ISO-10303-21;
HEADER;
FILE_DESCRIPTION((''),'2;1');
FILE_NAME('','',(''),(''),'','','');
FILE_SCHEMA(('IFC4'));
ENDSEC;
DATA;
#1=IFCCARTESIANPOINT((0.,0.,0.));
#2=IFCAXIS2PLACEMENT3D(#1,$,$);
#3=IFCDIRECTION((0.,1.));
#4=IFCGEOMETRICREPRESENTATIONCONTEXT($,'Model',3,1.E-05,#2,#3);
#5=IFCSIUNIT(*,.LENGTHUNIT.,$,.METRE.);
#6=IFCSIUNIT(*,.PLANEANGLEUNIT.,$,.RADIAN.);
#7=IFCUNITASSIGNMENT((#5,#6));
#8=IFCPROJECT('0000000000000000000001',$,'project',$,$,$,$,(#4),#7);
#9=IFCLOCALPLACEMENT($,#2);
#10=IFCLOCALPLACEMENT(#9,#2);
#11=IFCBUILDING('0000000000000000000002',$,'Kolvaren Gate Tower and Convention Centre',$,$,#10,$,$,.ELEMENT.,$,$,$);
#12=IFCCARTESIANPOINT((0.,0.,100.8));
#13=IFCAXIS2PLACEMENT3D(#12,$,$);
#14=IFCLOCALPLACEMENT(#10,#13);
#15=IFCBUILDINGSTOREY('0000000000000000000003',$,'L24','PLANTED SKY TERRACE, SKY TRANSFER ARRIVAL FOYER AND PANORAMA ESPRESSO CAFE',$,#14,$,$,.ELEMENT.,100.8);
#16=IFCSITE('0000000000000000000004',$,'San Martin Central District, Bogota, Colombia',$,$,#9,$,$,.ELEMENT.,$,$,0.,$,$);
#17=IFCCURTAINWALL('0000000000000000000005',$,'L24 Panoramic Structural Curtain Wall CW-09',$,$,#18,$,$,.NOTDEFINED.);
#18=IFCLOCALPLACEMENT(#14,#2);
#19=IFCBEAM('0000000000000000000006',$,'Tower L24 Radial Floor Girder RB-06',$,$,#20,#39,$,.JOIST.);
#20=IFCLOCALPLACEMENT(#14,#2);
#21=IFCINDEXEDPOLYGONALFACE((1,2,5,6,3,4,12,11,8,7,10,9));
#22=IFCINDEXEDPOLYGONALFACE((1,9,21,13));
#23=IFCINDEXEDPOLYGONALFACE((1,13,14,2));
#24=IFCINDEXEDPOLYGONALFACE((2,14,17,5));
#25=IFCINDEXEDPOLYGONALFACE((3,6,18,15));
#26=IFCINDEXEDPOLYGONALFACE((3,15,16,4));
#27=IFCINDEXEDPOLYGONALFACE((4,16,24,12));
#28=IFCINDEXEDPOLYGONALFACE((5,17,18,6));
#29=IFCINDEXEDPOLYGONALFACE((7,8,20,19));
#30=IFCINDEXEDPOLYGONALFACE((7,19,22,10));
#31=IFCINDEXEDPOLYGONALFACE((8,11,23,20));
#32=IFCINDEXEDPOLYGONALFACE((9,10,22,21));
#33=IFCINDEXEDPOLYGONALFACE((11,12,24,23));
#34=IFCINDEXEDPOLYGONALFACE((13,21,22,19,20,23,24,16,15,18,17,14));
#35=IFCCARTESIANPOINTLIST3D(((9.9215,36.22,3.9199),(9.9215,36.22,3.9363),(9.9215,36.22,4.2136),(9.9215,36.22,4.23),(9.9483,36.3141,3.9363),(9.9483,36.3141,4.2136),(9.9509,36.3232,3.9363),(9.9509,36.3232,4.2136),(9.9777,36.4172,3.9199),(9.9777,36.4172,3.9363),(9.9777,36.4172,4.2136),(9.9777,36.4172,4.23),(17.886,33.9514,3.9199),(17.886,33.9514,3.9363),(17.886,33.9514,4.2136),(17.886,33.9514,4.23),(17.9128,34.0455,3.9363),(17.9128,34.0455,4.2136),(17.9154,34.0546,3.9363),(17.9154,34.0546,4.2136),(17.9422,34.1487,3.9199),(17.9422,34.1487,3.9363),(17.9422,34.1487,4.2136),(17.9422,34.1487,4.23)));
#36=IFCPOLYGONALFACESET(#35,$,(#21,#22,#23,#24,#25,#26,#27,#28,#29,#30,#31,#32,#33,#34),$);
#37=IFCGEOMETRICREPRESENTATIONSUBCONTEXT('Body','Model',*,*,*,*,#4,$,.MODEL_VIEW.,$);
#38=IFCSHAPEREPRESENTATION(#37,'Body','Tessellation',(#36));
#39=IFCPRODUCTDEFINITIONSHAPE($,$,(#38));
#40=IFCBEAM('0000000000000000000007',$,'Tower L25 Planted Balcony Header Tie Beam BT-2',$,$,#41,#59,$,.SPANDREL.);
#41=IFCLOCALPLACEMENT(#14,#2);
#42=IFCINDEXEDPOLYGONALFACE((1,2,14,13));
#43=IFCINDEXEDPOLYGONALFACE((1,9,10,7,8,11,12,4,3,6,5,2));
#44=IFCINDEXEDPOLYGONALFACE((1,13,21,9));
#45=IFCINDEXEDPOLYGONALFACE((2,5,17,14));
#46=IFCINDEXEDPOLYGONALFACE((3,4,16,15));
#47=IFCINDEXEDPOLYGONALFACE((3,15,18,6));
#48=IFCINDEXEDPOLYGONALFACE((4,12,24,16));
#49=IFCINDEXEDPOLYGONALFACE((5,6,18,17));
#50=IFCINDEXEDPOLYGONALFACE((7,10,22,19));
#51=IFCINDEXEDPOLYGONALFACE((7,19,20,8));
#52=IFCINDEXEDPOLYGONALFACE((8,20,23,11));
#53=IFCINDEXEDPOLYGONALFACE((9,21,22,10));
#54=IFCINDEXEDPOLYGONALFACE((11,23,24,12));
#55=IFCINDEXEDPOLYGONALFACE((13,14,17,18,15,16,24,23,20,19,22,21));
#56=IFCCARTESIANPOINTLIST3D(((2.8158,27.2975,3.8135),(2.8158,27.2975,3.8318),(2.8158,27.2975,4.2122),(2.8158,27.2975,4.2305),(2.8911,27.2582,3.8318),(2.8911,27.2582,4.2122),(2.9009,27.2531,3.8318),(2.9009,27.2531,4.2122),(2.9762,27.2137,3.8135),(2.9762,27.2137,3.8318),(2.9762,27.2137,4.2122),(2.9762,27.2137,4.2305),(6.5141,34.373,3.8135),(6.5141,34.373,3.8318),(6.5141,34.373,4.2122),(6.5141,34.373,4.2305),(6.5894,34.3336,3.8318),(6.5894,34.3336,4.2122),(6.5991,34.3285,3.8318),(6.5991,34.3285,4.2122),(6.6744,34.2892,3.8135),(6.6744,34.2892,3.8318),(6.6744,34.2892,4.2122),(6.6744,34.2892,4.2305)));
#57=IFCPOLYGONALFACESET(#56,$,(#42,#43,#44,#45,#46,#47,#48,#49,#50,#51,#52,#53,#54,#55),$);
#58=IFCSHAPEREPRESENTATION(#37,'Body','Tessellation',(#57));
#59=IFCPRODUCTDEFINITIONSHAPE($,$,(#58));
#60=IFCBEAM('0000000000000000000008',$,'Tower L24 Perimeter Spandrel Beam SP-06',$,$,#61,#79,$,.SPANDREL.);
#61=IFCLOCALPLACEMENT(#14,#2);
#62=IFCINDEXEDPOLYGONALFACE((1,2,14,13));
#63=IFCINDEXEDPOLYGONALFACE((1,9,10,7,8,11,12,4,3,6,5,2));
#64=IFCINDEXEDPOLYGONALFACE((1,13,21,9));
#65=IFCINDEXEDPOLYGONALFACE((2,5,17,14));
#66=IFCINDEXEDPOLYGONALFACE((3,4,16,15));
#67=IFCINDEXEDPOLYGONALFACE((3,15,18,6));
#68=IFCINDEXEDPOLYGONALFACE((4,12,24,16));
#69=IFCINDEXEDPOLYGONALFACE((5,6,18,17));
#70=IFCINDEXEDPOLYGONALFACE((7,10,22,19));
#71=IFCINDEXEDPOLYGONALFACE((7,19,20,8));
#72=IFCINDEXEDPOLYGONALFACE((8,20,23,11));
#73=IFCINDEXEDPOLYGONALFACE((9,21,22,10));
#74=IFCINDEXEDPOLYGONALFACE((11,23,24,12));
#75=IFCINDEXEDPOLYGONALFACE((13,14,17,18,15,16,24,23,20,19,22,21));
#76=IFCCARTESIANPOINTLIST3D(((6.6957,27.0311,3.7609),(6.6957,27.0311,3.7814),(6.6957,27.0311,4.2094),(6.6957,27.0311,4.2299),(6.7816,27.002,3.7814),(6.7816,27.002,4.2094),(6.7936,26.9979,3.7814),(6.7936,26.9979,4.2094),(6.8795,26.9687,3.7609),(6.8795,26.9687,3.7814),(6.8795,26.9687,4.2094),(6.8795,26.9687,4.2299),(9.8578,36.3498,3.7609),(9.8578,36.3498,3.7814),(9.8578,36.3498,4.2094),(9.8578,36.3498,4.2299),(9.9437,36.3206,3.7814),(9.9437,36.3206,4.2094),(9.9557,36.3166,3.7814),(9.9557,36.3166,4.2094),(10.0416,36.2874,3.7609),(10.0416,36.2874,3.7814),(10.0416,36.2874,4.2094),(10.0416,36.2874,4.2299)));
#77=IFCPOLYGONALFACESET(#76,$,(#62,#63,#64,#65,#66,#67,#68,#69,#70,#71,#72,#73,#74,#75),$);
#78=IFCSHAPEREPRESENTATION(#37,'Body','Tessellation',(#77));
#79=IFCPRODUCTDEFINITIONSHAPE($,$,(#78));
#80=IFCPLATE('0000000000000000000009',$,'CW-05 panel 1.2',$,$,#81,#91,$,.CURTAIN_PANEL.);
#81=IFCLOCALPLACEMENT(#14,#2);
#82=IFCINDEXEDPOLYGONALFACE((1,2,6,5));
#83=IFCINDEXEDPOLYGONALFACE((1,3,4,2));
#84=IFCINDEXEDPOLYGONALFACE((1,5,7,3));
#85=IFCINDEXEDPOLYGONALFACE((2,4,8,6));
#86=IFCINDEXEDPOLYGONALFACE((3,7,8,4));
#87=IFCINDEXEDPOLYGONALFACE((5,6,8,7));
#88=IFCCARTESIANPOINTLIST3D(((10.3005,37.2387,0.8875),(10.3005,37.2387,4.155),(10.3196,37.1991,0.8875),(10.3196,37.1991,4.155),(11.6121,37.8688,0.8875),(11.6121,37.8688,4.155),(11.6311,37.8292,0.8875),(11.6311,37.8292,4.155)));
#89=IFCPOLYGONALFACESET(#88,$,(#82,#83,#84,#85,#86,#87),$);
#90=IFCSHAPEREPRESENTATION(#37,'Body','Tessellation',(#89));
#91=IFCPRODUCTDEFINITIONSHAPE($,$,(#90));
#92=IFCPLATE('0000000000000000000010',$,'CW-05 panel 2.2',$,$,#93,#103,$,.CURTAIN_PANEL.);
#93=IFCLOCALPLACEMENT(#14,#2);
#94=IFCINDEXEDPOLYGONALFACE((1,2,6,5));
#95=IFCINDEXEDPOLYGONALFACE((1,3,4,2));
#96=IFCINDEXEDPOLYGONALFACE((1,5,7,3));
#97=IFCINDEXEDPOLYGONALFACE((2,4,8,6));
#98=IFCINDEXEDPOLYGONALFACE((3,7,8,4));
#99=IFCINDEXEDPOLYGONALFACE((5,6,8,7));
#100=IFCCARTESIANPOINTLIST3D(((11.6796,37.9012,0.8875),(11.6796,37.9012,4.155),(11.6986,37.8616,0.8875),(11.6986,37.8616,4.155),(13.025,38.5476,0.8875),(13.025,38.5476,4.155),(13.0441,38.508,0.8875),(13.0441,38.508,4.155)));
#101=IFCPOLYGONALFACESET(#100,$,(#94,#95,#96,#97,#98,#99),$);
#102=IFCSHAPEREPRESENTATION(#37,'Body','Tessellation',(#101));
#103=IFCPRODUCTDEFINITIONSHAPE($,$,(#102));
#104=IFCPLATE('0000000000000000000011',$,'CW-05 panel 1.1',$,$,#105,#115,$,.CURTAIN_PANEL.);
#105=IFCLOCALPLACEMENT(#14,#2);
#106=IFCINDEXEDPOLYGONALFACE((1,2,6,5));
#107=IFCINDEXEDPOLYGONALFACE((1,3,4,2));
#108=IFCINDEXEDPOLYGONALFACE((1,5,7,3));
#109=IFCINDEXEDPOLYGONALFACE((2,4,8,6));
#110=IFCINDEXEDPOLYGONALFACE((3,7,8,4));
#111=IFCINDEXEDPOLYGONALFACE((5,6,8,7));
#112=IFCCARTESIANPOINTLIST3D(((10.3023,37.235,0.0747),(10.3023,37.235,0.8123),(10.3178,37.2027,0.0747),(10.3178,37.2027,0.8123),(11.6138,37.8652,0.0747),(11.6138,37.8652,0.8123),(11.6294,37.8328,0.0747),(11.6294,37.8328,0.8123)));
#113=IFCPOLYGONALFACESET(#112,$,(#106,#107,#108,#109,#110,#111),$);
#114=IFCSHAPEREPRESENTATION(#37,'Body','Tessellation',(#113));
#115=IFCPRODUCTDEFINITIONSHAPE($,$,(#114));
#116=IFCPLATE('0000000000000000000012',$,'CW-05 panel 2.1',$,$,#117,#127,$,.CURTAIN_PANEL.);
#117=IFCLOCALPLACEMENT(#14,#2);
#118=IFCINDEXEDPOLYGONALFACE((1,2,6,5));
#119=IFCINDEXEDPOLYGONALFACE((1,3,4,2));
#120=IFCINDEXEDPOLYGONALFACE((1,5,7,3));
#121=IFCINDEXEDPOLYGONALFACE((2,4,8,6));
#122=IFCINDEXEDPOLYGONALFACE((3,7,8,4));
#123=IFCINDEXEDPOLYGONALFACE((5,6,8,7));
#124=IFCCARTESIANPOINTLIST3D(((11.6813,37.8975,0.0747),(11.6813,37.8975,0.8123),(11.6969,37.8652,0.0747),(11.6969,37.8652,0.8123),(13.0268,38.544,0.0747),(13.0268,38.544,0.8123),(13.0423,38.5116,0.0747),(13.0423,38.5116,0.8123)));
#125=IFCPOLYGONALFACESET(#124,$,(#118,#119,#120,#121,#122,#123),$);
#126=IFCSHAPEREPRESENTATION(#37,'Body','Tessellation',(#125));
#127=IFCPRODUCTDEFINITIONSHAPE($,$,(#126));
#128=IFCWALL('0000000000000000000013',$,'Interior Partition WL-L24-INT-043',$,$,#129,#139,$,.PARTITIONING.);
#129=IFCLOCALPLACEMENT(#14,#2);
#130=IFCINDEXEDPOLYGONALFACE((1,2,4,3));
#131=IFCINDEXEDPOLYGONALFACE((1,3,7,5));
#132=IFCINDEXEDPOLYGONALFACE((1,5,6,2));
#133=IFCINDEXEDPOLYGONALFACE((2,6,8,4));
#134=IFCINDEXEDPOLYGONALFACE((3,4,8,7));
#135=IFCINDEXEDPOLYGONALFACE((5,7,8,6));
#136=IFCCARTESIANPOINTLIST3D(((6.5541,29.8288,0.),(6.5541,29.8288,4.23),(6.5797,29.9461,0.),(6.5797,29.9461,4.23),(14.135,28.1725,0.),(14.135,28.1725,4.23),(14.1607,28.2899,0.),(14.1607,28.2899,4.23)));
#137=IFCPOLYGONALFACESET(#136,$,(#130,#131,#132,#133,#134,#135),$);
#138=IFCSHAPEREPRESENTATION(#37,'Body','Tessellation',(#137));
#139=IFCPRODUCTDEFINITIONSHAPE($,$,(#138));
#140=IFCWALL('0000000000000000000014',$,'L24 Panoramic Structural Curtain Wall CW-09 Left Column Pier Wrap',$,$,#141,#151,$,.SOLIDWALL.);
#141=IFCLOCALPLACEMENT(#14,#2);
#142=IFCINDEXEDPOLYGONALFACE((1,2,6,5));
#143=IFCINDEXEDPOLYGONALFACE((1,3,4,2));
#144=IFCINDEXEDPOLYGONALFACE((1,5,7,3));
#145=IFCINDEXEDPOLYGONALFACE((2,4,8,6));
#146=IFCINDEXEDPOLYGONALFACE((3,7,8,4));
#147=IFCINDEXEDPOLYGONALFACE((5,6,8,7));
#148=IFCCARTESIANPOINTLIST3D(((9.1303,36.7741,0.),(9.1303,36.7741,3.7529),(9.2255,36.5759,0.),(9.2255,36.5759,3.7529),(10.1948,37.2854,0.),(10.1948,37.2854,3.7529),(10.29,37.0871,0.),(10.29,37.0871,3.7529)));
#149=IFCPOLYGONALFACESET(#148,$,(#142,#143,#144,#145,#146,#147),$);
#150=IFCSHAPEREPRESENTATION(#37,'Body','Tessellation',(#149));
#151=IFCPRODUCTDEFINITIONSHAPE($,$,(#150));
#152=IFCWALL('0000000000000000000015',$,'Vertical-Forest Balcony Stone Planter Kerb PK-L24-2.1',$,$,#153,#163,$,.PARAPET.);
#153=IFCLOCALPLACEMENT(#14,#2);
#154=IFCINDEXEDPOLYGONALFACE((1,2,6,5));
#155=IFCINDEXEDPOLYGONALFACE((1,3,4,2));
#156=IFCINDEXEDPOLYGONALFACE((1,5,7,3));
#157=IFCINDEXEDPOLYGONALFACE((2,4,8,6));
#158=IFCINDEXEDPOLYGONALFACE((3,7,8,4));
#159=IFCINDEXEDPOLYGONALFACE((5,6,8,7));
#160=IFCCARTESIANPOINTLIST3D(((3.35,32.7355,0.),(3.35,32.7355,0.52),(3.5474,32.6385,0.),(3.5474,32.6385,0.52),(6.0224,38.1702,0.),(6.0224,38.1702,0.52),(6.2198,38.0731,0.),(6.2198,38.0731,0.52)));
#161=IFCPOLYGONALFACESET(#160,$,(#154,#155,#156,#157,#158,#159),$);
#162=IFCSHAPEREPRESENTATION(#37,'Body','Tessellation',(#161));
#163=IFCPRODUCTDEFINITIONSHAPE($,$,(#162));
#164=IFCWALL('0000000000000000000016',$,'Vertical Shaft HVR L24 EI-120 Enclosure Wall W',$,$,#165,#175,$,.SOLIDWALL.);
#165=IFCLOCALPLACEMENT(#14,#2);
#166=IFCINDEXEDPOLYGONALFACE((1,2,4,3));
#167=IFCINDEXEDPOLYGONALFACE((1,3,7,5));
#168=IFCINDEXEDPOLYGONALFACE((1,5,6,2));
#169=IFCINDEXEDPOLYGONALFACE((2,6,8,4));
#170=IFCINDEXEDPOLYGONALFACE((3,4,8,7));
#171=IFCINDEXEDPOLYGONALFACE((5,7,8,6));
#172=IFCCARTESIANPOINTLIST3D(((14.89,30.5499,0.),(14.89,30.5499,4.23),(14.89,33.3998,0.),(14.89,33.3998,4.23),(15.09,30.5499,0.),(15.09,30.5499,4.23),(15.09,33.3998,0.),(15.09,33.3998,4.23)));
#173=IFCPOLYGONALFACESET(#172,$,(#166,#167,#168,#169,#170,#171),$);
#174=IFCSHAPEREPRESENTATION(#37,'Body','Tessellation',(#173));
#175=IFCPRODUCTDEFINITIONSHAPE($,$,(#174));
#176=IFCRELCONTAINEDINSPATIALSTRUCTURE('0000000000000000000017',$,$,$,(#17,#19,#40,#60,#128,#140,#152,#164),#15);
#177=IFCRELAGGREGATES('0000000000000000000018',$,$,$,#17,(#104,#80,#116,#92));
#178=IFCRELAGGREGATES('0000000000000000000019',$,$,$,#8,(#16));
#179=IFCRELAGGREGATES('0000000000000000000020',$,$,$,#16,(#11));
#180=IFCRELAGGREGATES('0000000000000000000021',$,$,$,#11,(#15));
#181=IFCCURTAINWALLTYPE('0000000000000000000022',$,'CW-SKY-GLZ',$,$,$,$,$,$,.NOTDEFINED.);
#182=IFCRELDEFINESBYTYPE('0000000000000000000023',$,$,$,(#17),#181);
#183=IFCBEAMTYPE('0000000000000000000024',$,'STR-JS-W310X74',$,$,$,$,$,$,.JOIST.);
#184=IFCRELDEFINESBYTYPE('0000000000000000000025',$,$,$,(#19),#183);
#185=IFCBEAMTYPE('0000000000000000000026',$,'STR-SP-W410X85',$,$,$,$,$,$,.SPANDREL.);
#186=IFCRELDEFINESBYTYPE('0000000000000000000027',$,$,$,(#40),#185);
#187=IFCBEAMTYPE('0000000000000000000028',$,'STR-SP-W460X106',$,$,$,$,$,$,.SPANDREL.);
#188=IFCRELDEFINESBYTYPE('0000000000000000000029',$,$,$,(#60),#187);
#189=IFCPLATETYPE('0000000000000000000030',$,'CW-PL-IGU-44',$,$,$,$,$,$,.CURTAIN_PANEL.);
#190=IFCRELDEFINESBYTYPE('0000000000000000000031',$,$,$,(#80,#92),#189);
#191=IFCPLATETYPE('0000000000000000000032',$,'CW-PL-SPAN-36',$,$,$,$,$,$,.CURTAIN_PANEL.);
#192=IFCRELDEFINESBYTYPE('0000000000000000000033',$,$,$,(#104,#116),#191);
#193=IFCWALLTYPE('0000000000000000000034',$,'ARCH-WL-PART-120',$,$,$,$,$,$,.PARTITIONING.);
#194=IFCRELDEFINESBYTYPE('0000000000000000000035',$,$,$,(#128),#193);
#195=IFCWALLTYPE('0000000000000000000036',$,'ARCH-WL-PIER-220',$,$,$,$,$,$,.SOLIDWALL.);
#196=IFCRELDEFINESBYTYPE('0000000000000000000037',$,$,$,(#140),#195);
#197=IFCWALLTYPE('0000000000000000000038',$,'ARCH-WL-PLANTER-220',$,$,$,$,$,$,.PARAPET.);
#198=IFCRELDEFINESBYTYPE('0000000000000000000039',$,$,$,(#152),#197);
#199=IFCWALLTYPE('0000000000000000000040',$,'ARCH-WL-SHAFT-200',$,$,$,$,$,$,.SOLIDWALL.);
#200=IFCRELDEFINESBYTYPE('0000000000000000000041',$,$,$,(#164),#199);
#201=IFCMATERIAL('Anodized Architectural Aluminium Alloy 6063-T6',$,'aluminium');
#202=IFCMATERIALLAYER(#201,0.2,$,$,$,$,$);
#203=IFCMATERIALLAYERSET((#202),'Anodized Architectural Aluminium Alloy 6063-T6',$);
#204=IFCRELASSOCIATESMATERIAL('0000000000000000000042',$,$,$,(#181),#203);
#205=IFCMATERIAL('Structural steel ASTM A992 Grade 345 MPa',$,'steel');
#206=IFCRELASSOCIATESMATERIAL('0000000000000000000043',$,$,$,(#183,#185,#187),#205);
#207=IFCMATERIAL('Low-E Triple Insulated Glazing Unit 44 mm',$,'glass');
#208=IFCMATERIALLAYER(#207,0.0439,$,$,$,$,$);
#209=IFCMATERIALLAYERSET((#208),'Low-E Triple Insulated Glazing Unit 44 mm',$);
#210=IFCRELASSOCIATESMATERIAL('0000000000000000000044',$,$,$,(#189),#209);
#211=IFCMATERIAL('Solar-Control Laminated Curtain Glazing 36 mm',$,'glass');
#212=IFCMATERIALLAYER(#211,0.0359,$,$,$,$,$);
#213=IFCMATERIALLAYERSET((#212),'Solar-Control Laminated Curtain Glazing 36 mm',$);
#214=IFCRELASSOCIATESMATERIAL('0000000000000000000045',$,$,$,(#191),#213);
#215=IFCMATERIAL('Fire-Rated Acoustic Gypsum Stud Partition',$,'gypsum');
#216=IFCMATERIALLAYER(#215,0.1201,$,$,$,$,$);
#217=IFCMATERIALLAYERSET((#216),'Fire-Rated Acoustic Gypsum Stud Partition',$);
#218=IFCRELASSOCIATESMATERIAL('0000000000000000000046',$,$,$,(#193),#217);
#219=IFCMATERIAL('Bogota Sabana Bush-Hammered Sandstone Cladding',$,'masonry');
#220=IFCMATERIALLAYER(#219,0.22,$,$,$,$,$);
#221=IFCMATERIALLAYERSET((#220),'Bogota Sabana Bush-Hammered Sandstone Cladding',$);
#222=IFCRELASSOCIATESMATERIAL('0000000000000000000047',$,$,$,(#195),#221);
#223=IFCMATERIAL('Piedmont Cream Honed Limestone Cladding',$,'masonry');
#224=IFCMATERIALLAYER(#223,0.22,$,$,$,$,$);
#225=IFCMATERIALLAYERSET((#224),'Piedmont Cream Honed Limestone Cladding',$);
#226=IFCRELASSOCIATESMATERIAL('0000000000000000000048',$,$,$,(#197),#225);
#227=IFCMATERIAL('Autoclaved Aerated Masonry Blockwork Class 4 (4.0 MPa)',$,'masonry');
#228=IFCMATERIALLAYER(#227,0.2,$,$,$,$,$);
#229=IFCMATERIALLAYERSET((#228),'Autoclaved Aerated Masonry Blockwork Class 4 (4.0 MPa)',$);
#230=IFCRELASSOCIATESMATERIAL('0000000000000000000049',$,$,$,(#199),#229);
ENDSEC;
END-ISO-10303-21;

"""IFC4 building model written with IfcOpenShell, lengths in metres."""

from ifc_helpers import new_model, si_unit, direction, frame, frame_2d, origin, origin_2d, place, context, subcontext, project, spatial, rectangle, i_section, extrude, material, layer, layer_set, material_profile, profile_set, type_object, element, aggregate, save


model = new_model("IFC4")

# Units and contexts
model_context = context("Model", 3, precision=1e-05, world=origin(), true_north=direction((0.0, 1.0)))
body_context = subcontext(model_context, "Body", "Model", "MODEL_VIEW")
ifc_project = project(units=[si_unit("LENGTHUNIT", "METRE"), si_unit("PLANEANGLEUNIT", "RADIAN")], contexts=[model_context])

# Site, building, storey
site_placement = place(None, origin())
site = spatial("IfcSite", under=ifc_project, at=site_placement, Name="San Martin Central District, Bogota, Colombia", CompositionType="ELEMENT", RefElevation=0.0)
building_placement = place(site_placement, origin())
building = spatial("IfcBuilding", under=site, at=building_placement, Name="Kolvaren Gate Tower and Convention Centre", CompositionType="ELEMENT")
storey_placement = place(building_placement, frame((0.0, 0.0, 100.8)))
storey = spatial("IfcBuildingStorey", under=building, at=storey_placement, Name="L24", Description="PLANTED SKY TERRACE, SKY TRANSFER ARRIVAL FOYER AND PANORAMA ESPRESSO CAFE", CompositionType="ELEMENT", Elevation=100.8)

# Curtain wall
ifc_material_1 = material(Name="Anodized Architectural Aluminium Alloy 6063-T6", Category="aluminium")
ifc_layer_1 = layer(ifc_material_1, 0.2)
ifc_layer_set_1 = layer_set([ifc_layer_1], Name="Anodized Architectural Aluminium Alloy 6063-T6")
curtain_wall_type = type_object("IfcCurtainWallType", Name="CW-SKY-GLZ", PredefinedType="NOTDEFINED", material=ifc_layer_set_1)
curtain_wall_placement = place(storey_placement, origin())
curtain_wall = element("IfcCurtainWall", 1, at=curtain_wall_placement, inside=storey, type_object=curtain_wall_type, Name="L24 Panoramic Structural Curtain Wall CW-09", PredefinedType="NOTDEFINED")

# Beams
ifc_material_2 = material(Name="Structural steel ASTM A992 Grade 345 MPa", Category="steel")
ifc_material_profile_1 = material_profile(ifc_material_2, i_section(OverallWidth=0.2051, OverallDepth=0.3101, WebThickness=0.0095, FlangeThickness=0.0164, at=origin_2d()), Name="W310X74")
ifc_profile_set_1 = profile_set([ifc_material_profile_1], Name="Structural steel ASTM A992 Grade 345 MPa")
beam_type_1 = type_object("IfcBeamType", Name="STR-JS-W310X74", PredefinedType="JOIST", material=ifc_profile_set_1)
beam_1_placement = place(storey_placement, frame((17.9141, 34.05, 4.075), z_axis=(-0.961746, 0.273942, 0.0), x_axis=(-0.273942, -0.961746, 0.0)))
element("IfcBeam", 2, at=beam_1_placement, inside=storey, type_object=beam_type_1, Name="Tower L24 Radial Floor Girder RB-06", PredefinedType="JOIST", context=body_context, shape_type="SweptSolid", body=[
    extrude(i_section(OverallWidth=0.2051, OverallDepth=0.3101, WebThickness=0.0095, FlangeThickness=0.0164, at=origin_2d()), origin(), (0.0, 0.0, 1.0), 8.2812),
])
ifc_material_profile_2 = material_profile(ifc_material_2, i_section(OverallWidth=0.1809, OverallDepth=0.417, WebThickness=0.011, FlangeThickness=0.0183, at=origin_2d()), Name="W410X85")
ifc_profile_set_2 = profile_set([ifc_material_profile_2], Name="Structural steel ASTM A992 Grade 345 MPa")
beam_type_2 = type_object("IfcBeamType", Name="STR-SP-W410X85", PredefinedType="SPANDREL", material=ifc_profile_set_2)
beam_2_placement = place(storey_placement, frame((6.5942, 34.3311, 4.022), z_axis=(-0.463226, -0.88624, 0.0), x_axis=(0.88624, -0.463226, 0.0)))
element("IfcBeam", 3, at=beam_2_placement, inside=storey, type_object=beam_type_2, Name="Tower L25 Planted Balcony Header Tie Beam BT-2", PredefinedType="SPANDREL", context=body_context, shape_type="SweptSolid", body=[
    extrude(i_section(OverallWidth=0.1809, OverallDepth=0.417, WebThickness=0.011, FlangeThickness=0.0183, at=origin_2d()), origin(), (0.0, 0.0, 1.0), 7.9836),
])
ifc_material_profile_3 = material_profile(ifc_material_2, i_section(OverallWidth=0.1941, OverallDepth=0.469, WebThickness=0.0127, FlangeThickness=0.0205, at=origin_2d()), Name="W460X106")
ifc_profile_set_3 = profile_set([ifc_material_profile_3], Name="Structural steel ASTM A992 Grade 345 MPa")
beam_type_3 = type_object("IfcBeamType", Name="STR-SP-W460X106", PredefinedType="SPANDREL", material=ifc_profile_set_3)
beam_3_placement = place(storey_placement, frame((9.9497, 36.3186, 3.9954), z_axis=(-0.321336, -0.946965, 0.0), x_axis=(0.946965, -0.321336, 0.0)))
element("IfcBeam", 4, at=beam_3_placement, inside=storey, type_object=beam_type_3, Name="Tower L24 Perimeter Spandrel Beam SP-06", PredefinedType="SPANDREL", context=body_context, shape_type="SweptSolid", body=[
    extrude(i_section(OverallWidth=0.1941, OverallDepth=0.469, WebThickness=0.0127, FlangeThickness=0.0205, at=origin_2d()), origin(), (0.0, 0.0, 1.0), 9.8406),
])

# Plates
ifc_material_3 = material(Name="Low-E Triple Insulated Glazing Unit 44 mm", Category="glass")
ifc_layer_2 = layer(ifc_material_3, 0.0439)
ifc_layer_set_2 = layer_set([ifc_layer_2], Name="Low-E Triple Insulated Glazing Unit 44 mm")
plate_type_1 = type_object("IfcPlateType", Name="CW-PL-IGU-44", PredefinedType="CURTAIN_PANEL", material=ifc_layer_set_2)
plate_1_placement = place(storey_placement, frame((10.9658, 37.5339, 0.8875), z_axis=(0.0, 0.0, 1.0), x_axis=(0.901359, 0.433073, 0.0)))
plate_1 = element("IfcPlate", 5, at=plate_1_placement, type_object=plate_type_1, Name="CW-05 panel 1.2", PredefinedType="CURTAIN_PANEL", context=body_context, shape_type="SweptSolid", body=[
    extrude(rectangle(XDim=1.4551, YDim=0.0439, at=origin_2d()), origin(), (0.0, 0.0, 1.0), 3.2676),
])
plate_2_placement = place(storey_placement, frame((12.3618, 38.2046, 0.8875), z_axis=(0.0, 0.0, 1.0), x_axis=(0.901359, 0.433073, 0.0)))
plate_2 = element("IfcPlate", 6, at=plate_2_placement, type_object=plate_type_1, Name="CW-05 panel 2.2", PredefinedType="CURTAIN_PANEL", context=body_context, shape_type="SweptSolid", body=[
    extrude(rectangle(XDim=1.4927, YDim=0.0439, at=origin_2d()), origin(), (0.0, 0.0, 1.0), 3.2676),
])
ifc_material_4 = material(Name="Solar-Control Laminated Curtain Glazing 36 mm", Category="glass")
ifc_layer_3 = layer(ifc_material_4, 0.0359)
ifc_layer_set_3 = layer_set([ifc_layer_3], Name="Solar-Control Laminated Curtain Glazing 36 mm")
plate_type_2 = type_object("IfcPlateType", Name="CW-PL-SPAN-36", PredefinedType="CURTAIN_PANEL", material=ifc_layer_set_3)
plate_3_placement = place(storey_placement, frame((10.9658, 37.5339, 0.0747), z_axis=(0.0, 0.0, 1.0), x_axis=(0.901359, 0.433073, 0.0)))
plate_3 = element("IfcPlate", 7, at=plate_3_placement, type_object=plate_type_2, Name="CW-05 panel 1.1", PredefinedType="CURTAIN_PANEL", context=body_context, shape_type="SweptSolid", body=[
    extrude(rectangle(XDim=1.4551, YDim=0.0359, at=origin_2d()), origin(), (0.0, 0.0, 1.0), 0.7375),
])
plate_4_placement = place(storey_placement, frame((12.3618, 38.2046, 0.0747), z_axis=(0.0, 0.0, 1.0), x_axis=(0.901359, 0.433073, 0.0)))
plate_4 = element("IfcPlate", 8, at=plate_4_placement, type_object=plate_type_2, Name="CW-05 panel 2.1", PredefinedType="CURTAIN_PANEL", context=body_context, shape_type="SweptSolid", body=[
    extrude(rectangle(XDim=1.4927, YDim=0.0359, at=origin_2d()), origin(), (0.0, 0.0, 1.0), 0.7375),
])
aggregate(curtain_wall, [plate_3, plate_1, plate_4, plate_2])

# Walls
ifc_material_5 = material(Name="Fire-Rated Acoustic Gypsum Stud Partition", Category="gypsum")
ifc_layer_4 = layer(ifc_material_5, 0.1201)
ifc_layer_set_4 = layer_set([ifc_layer_4], Name="Fire-Rated Acoustic Gypsum Stud Partition")
wall_type_1 = type_object("IfcWallType", Name="ARCH-WL-PART-120", PredefinedType="PARTITIONING", material=ifc_layer_set_4)
wall_1_placement = place(storey_placement, frame((6.5669, 29.8875, 0.0), z_axis=(0.0, 0.0, 1.0), x_axis=(0.976957, -0.213438, 0.0)))
element("IfcWall", 9, at=wall_1_placement, inside=storey, type_object=wall_type_1, Name="Interior Partition WL-L24-INT-043", PredefinedType="PARTITIONING", context=body_context, shape_type="SweptSolid", body=[
    extrude(rectangle(XDim=7.7598, YDim=0.1201, at=frame_2d((3.8799, 0.0))), origin(), (0.0, 0.0, 1.0), 4.23),
])
ifc_material_6 = material(Name="Bogota Sabana Bush-Hammered Sandstone Cladding", Category="masonry")
ifc_layer_5 = layer(ifc_material_6, 0.22)
ifc_layer_set_5 = layer_set([ifc_layer_5], Name="Bogota Sabana Bush-Hammered Sandstone Cladding")
wall_type_2 = type_object("IfcWallType", Name="ARCH-WL-PIER-220", PredefinedType="SOLIDWALL", material=ifc_layer_set_5)
wall_2_placement = place(storey_placement, frame((9.178, 36.675, 0.0), z_axis=(0.0, 0.0, 1.0), x_axis=(0.901426, 0.432933, 0.0)))
element("IfcWall", 10, at=wall_2_placement, inside=storey, type_object=wall_type_2, Name="L24 Panoramic Structural Curtain Wall CW-09 Left Column Pier Wrap", PredefinedType="SOLIDWALL", context=body_context, shape_type="SweptSolid", body=[
    extrude(rectangle(XDim=1.1809, YDim=0.22, at=frame_2d((0.5903, 0.0))), origin(), (0.0, 0.0, 1.0), 3.7529),
])
ifc_material_7 = material(Name="Piedmont Cream Honed Limestone Cladding", Category="masonry")
ifc_layer_6 = layer(ifc_material_7, 0.22)
ifc_layer_set_6 = layer_set([ifc_layer_6], Name="Piedmont Cream Honed Limestone Cladding")
wall_type_3 = type_object("IfcWallType", Name="ARCH-WL-PLANTER-220", PredefinedType="PARAPET", material=ifc_layer_set_6)
wall_3_placement = place(storey_placement, frame((3.4487, 32.687, 0.0), z_axis=(0.0, 0.0, 1.0), x_axis=(0.44127, 0.897375, 0.0)))
element("IfcWall", 11, at=wall_3_placement, inside=storey, type_object=wall_type_3, Name="Vertical-Forest Balcony Stone Planter Kerb PK-L24-2.1", PredefinedType="PARAPET", context=body_context, shape_type="SweptSolid", body=[
    extrude(rectangle(XDim=6.0562, YDim=0.22, at=frame_2d((3.0281, 0.0))), origin(), (0.0, 0.0, 1.0), 0.52),
])
ifc_material_8 = material(Name="Autoclaved Aerated Masonry Blockwork Class 4 (4.0 MPa)", Category="masonry")
ifc_layer_7 = layer(ifc_material_8, 0.2)
ifc_layer_set_7 = layer_set([ifc_layer_7], Name="Autoclaved Aerated Masonry Blockwork Class 4 (4.0 MPa)")
wall_type_4 = type_object("IfcWallType", Name="ARCH-WL-SHAFT-200", PredefinedType="SOLIDWALL", material=ifc_layer_set_7)
wall_4_placement = place(storey_placement, frame((14.99, 30.55, 0.0), z_axis=(0.0, 0.0, 1.0), x_axis=(0.0, 1.0, 0.0)))
element("IfcWall", 12, at=wall_4_placement, inside=storey, type_object=wall_type_4, Name="Vertical Shaft HVR L24 EI-120 Enclosure Wall W", PredefinedType="SOLIDWALL", context=body_context, shape_type="SweptSolid", body=[
    extrude(rectangle(XDim=2.8499, YDim=0.2, at=frame_2d((1.4248, 0.0))), origin(), (0.0, 0.0, 1.0), 4.23),
])

save(model, "model.ifc")
